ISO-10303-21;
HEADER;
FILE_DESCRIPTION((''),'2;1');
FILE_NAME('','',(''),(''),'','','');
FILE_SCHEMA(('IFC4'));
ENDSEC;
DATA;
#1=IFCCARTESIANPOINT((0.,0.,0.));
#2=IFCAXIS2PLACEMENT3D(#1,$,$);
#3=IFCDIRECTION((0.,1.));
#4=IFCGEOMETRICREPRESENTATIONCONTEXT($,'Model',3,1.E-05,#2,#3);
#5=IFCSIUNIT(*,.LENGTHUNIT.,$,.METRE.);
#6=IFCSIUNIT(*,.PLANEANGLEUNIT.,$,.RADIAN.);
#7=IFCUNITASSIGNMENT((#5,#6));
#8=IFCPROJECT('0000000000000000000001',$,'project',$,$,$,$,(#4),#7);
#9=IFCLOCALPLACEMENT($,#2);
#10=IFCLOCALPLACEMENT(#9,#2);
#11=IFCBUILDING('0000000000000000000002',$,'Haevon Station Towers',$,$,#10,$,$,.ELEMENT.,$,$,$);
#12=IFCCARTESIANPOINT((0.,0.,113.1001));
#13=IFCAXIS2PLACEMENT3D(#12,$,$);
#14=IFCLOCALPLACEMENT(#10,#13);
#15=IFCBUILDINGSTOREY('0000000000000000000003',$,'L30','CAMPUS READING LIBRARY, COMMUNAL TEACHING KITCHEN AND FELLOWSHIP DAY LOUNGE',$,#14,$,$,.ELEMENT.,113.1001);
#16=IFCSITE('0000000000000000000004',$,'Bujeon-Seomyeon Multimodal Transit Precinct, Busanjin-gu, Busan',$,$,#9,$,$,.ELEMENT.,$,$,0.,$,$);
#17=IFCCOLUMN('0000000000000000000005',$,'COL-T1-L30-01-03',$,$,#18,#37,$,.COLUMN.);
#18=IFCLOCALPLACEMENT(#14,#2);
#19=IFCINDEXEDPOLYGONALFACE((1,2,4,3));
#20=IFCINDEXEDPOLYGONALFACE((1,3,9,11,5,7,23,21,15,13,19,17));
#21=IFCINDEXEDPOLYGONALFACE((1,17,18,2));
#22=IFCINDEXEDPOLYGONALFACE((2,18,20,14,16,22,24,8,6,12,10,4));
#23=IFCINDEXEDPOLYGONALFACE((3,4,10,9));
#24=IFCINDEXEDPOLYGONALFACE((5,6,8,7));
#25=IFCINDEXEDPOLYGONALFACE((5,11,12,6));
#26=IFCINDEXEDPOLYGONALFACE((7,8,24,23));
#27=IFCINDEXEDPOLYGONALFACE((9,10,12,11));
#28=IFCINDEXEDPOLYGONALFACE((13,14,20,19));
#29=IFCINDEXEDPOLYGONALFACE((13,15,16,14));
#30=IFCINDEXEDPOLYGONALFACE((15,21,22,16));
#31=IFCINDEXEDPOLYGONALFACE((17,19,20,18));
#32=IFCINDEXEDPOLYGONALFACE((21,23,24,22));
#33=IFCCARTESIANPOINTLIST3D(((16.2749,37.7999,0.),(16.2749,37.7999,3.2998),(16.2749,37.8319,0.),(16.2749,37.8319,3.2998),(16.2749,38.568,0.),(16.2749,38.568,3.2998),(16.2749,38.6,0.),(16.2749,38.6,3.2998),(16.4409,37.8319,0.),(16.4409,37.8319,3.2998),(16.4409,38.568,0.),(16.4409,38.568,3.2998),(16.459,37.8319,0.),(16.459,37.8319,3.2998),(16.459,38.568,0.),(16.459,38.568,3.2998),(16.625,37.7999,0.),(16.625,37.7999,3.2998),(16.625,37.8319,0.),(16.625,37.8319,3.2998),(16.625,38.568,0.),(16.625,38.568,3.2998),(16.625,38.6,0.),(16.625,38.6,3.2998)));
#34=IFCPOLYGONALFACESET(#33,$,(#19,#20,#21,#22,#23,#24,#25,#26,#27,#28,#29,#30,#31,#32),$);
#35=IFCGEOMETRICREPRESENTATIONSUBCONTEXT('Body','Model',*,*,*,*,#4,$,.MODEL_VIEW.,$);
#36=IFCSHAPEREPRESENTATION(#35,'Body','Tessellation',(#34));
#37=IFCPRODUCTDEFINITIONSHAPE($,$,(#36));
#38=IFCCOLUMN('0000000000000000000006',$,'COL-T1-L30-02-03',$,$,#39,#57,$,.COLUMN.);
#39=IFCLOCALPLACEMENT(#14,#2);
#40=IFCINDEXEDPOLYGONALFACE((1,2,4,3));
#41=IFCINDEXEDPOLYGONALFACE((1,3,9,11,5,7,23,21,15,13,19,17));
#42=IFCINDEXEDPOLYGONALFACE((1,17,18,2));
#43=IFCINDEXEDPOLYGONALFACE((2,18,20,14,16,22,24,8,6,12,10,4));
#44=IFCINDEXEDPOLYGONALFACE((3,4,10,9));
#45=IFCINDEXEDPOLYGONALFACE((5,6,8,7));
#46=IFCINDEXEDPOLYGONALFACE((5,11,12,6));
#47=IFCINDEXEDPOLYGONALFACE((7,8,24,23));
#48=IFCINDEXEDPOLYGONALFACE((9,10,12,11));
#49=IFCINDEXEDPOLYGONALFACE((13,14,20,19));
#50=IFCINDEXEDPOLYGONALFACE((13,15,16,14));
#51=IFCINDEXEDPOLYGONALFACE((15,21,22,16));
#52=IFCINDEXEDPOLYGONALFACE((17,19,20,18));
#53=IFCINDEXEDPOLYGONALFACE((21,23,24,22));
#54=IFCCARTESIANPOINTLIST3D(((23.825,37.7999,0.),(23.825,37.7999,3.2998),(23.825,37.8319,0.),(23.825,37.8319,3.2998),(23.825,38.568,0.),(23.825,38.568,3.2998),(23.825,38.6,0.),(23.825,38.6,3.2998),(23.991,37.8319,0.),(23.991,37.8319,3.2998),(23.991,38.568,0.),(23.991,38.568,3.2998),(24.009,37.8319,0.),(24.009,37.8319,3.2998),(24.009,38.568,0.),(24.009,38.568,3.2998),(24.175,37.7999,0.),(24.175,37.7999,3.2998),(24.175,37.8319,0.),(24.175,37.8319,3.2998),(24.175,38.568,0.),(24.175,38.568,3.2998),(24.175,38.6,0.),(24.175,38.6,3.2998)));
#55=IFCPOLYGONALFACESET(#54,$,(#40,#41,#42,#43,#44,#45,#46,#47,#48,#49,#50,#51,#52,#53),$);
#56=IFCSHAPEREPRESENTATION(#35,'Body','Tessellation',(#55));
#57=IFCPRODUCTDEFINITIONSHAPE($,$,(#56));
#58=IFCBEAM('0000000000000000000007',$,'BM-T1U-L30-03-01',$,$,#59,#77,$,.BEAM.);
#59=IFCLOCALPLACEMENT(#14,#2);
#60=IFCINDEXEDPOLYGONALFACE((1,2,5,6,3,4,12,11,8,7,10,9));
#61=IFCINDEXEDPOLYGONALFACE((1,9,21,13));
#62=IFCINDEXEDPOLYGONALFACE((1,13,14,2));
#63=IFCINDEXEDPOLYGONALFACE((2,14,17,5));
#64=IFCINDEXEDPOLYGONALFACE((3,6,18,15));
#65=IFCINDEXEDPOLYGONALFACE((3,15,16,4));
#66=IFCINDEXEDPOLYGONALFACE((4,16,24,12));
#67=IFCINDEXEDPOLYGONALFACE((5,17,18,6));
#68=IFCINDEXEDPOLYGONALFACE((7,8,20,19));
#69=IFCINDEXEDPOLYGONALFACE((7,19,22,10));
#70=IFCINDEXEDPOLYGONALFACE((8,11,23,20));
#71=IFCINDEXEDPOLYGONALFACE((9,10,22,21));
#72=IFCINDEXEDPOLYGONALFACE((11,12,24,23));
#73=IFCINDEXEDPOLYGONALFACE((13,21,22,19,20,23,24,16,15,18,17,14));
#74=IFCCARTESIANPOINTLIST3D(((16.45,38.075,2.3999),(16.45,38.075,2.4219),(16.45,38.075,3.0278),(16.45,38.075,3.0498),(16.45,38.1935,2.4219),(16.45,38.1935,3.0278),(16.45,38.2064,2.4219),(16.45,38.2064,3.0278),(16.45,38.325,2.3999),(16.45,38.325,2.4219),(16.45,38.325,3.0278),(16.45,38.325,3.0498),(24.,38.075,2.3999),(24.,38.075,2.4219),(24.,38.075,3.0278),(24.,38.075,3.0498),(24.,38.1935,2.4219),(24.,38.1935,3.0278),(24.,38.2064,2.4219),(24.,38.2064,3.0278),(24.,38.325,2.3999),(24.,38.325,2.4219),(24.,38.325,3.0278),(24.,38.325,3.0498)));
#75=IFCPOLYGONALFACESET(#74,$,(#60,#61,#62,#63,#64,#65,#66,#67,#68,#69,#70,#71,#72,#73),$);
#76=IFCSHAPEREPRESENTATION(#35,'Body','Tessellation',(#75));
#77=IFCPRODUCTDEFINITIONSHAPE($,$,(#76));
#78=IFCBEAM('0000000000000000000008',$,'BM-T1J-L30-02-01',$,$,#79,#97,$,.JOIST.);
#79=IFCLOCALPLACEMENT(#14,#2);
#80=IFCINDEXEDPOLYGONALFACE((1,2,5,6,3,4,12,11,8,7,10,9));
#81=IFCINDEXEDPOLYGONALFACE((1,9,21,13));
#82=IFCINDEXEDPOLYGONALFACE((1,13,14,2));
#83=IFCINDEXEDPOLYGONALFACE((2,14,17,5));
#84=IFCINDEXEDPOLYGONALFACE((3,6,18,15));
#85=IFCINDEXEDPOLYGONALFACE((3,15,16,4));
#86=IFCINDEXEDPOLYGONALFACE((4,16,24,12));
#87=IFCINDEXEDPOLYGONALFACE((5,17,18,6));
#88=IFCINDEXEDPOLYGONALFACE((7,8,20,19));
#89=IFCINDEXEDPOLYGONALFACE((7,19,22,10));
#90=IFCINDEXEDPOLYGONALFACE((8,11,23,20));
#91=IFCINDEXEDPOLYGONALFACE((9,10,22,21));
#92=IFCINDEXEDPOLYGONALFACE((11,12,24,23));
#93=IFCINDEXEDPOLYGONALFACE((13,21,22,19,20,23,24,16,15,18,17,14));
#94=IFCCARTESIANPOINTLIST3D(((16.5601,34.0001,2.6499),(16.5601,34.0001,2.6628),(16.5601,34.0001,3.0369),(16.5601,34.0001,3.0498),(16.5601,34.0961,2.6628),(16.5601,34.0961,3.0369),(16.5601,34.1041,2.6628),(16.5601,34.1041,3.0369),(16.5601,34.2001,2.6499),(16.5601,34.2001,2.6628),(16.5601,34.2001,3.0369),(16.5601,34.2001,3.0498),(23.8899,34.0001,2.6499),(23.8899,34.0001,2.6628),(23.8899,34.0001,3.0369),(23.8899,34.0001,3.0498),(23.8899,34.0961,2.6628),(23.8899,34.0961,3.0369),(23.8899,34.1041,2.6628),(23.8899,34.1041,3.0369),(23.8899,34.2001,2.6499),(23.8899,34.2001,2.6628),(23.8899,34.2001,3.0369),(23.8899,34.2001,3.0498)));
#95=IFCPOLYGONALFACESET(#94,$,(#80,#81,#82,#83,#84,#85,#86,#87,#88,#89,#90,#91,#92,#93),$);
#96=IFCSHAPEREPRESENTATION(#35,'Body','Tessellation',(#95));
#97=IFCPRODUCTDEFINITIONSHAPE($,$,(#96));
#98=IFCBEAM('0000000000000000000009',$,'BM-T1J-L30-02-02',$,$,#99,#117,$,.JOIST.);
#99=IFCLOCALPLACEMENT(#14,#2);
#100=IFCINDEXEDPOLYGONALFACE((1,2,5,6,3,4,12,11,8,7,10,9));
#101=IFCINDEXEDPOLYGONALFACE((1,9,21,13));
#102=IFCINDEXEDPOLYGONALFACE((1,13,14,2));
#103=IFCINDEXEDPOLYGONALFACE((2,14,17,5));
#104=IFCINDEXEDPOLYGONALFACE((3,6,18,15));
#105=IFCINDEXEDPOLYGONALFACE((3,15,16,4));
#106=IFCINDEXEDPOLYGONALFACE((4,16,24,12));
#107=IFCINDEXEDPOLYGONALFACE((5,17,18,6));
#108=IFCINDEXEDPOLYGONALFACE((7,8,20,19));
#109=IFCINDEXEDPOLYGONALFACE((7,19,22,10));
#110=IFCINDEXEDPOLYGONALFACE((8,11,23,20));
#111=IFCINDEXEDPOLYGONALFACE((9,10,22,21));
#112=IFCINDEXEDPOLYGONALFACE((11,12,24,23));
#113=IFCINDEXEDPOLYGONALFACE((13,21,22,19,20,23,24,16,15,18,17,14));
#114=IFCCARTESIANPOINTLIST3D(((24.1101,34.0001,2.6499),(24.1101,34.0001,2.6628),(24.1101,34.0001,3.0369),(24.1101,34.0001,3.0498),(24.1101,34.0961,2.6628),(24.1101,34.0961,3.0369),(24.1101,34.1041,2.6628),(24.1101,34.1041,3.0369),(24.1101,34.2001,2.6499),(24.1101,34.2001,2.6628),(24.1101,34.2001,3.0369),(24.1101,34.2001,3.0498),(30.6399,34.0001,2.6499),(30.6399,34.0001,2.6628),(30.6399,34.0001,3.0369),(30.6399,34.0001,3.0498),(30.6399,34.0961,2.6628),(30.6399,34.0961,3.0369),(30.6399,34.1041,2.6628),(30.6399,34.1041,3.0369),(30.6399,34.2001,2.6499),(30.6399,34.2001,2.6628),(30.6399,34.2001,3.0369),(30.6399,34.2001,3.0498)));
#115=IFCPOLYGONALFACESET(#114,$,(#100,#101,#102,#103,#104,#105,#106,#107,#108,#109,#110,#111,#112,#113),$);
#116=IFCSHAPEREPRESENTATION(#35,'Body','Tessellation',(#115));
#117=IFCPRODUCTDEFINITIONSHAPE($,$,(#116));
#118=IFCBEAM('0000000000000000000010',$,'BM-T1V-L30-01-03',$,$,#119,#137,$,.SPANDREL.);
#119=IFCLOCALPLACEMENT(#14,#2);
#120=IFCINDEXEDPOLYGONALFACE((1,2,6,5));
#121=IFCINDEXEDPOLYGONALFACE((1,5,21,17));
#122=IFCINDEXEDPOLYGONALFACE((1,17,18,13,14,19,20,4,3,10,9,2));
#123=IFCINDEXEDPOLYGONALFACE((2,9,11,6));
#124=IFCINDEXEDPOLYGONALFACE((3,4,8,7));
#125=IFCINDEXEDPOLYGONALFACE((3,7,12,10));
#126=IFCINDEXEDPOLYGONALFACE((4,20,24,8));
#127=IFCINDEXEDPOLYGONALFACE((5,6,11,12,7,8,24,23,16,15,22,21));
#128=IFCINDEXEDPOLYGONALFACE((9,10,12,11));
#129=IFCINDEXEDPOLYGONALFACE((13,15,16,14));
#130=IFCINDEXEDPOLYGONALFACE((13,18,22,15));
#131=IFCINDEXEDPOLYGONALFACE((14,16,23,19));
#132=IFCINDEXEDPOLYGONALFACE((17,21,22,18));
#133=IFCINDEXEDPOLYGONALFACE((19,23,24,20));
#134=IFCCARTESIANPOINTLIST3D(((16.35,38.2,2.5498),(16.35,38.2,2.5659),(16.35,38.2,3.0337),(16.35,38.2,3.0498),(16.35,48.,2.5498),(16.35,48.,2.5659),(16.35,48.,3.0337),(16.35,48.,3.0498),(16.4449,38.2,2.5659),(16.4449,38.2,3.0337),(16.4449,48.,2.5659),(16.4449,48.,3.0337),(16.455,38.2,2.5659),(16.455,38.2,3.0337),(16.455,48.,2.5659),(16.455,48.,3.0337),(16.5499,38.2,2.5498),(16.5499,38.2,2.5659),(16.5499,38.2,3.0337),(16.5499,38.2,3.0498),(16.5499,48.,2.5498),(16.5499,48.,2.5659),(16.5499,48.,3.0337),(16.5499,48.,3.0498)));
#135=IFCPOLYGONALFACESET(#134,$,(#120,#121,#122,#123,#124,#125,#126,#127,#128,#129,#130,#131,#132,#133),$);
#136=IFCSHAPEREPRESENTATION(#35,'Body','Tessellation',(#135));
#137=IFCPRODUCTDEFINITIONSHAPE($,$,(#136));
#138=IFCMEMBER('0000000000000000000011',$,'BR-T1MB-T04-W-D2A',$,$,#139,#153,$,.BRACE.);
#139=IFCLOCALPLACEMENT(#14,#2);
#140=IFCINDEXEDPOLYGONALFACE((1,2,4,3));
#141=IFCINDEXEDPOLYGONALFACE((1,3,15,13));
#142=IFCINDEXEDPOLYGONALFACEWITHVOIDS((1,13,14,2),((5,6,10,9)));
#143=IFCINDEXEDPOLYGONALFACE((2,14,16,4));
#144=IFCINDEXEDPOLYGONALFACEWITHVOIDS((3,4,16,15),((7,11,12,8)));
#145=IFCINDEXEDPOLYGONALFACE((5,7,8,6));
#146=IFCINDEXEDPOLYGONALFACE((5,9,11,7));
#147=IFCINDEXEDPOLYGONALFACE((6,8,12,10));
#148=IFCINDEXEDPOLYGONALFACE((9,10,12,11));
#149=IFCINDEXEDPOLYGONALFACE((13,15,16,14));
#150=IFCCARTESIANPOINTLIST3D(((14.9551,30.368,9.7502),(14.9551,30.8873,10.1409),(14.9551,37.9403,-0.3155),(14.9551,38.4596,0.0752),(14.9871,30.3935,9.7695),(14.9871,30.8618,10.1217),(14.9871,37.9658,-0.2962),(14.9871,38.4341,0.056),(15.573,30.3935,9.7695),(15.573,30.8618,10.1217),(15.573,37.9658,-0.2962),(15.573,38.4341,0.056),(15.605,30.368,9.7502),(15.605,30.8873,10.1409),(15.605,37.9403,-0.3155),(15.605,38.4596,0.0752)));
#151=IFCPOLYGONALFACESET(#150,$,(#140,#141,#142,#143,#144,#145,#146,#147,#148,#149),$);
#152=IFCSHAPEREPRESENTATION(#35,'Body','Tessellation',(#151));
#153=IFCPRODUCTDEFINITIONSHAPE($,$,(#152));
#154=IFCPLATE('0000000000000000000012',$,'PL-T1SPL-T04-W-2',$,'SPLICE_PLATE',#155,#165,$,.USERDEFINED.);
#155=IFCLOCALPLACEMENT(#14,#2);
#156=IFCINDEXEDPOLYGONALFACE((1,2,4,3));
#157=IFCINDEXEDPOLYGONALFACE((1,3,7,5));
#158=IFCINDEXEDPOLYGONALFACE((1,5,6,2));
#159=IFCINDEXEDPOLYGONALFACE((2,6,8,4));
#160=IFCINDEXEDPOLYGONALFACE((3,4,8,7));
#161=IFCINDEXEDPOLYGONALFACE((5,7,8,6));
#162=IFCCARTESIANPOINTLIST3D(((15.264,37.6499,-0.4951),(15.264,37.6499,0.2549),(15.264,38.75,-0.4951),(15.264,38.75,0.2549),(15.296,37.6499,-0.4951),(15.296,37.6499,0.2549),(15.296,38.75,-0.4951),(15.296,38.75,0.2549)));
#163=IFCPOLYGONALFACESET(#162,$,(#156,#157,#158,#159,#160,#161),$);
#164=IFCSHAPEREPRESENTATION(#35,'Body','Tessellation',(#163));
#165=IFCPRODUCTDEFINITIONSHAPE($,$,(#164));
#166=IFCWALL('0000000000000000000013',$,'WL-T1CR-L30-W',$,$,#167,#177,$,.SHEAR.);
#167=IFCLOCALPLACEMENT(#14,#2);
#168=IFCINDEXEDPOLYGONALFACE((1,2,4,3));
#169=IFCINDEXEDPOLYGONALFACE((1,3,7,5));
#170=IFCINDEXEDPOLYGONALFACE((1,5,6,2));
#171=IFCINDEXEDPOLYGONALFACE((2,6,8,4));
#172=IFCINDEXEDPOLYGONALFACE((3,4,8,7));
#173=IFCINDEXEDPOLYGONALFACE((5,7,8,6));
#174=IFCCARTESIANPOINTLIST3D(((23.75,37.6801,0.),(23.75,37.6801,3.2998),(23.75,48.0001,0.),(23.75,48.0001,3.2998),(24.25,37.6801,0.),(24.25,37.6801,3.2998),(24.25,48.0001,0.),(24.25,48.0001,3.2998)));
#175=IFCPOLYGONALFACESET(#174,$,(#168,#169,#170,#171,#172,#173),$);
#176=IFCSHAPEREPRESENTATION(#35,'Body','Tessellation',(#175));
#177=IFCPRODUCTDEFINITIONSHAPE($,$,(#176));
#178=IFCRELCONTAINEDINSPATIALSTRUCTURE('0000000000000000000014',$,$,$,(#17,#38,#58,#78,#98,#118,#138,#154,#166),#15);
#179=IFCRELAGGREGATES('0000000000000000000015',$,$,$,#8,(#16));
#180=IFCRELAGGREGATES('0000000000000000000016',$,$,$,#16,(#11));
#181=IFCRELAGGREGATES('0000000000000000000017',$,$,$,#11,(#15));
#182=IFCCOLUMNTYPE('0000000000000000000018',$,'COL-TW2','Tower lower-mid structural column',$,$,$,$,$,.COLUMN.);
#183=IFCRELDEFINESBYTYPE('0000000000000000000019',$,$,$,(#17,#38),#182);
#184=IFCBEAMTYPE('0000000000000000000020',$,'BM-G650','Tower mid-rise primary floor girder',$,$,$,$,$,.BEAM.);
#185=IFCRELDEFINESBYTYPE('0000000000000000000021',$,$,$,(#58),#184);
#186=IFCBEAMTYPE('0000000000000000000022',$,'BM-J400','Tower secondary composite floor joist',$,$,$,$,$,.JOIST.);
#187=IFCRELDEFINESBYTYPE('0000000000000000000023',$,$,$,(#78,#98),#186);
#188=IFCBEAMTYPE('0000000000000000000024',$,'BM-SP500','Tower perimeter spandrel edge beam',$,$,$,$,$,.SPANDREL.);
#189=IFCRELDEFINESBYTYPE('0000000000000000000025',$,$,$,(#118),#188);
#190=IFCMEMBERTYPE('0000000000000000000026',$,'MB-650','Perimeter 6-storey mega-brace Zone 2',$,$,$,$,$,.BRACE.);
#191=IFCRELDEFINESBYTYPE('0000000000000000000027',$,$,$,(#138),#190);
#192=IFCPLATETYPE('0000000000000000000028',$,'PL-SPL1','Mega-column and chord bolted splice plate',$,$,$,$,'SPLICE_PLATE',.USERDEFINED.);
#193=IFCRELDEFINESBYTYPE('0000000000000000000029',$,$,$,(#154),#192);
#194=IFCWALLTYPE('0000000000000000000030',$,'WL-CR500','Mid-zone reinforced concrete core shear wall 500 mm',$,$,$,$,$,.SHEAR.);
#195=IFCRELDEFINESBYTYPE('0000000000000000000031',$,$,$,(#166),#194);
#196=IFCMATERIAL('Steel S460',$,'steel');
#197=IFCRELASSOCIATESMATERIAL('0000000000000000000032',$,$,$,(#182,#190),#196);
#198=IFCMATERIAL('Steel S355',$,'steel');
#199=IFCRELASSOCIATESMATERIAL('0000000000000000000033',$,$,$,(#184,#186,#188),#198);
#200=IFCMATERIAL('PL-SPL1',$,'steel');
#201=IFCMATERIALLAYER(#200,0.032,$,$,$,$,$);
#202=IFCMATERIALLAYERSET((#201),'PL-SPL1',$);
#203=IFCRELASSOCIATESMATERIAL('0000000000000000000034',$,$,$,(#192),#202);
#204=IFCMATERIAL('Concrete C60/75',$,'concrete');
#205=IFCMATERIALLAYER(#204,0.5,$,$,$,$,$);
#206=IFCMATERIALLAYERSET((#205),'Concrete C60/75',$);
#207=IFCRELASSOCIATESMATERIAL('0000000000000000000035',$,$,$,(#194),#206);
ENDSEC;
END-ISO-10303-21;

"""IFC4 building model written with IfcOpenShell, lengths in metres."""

from ifc_helpers import new_model, si_unit, direction, frame, frame_2d, origin, origin_2d, place, context, subcontext, project, spatial, rectangle, hollow_rectangle, i_section, extrude, material, layer, layer_set, material_profile, profile_set, type_object, element, save


model = new_model("IFC4")

# Units and contexts
model_context = context("Model", 3, precision=1e-05, world=origin(), true_north=direction((0.0, 1.0)))
body_context = subcontext(model_context, "Body", "Model", "MODEL_VIEW")
ifc_project = project(units=[si_unit("LENGTHUNIT", "METRE"), si_unit("PLANEANGLEUNIT", "RADIAN")], contexts=[model_context])

# Site, building, storey
site_placement = place(None, origin())
site = spatial("IfcSite", under=ifc_project, at=site_placement, Name="Bujeon-Seomyeon Multimodal Transit Precinct, Busanjin-gu, Busan", CompositionType="ELEMENT", RefElevation=0.0)
building_placement = place(site_placement, origin())
building = spatial("IfcBuilding", under=site, at=building_placement, Name="Haevon Station Towers", CompositionType="ELEMENT")
storey_placement = place(building_placement, frame((0.0, 0.0, 113.1001)))
storey = spatial("IfcBuildingStorey", under=building, at=storey_placement, Name="L30", Description="CAMPUS READING LIBRARY, COMMUNAL TEACHING KITCHEN AND FELLOWSHIP DAY LOUNGE", CompositionType="ELEMENT", Elevation=113.1001)

# Columns
ifc_material_1 = material(Name="Steel S460", Category="steel")
ifc_material_profile_1 = material_profile(ifc_material_1, i_section(OverallWidth=0.3501, OverallDepth=0.8, WebThickness=0.0181, FlangeThickness=0.032, at=origin_2d()), Name="H-800x350x18x32")
ifc_profile_set_1 = profile_set([ifc_material_profile_1], Name="Steel S460")
column_type = type_object("IfcColumnType", Name="COL-TW2", Description="Tower lower-mid structural column", PredefinedType="COLUMN", material=ifc_profile_set_1)
for number, where, z_axis, x_axis, name in (
    (1, (16.45, 38.2, 0.0), (0.0, 0.0, 1.0), (1.0, 0.0, 0.0), "COL-T1-L30-01-03"),
    (2, (24.0, 38.2, 0.0), (0.0, 0.0, 1.0), (1.0, 0.0, 0.0), "COL-T1-L30-02-03"),
):
    element("IfcColumn", number, at=place(storey_placement, frame(where, z_axis=z_axis, x_axis=x_axis)), inside=storey, type_object=column_type, Name=name, PredefinedType="COLUMN", context=body_context, shape_type="SweptSolid", body=[
        extrude(i_section(OverallWidth=0.3501, OverallDepth=0.8, WebThickness=0.0181, FlangeThickness=0.032, at=origin_2d()), origin(), (0.0, 0.0, 1.0), 3.2998),
    ])

# Beams
ifc_material_2 = material(Name="Steel S355", Category="steel")
ifc_material_profile_2 = material_profile(ifc_material_2, i_section(OverallWidth=0.25, OverallDepth=0.6499, WebThickness=0.0129, FlangeThickness=0.022, at=origin_2d()), Name="H-650x250x13x22")
ifc_profile_set_2 = profile_set([ifc_material_profile_2], Name="Steel S355")
beam_type_1 = type_object("IfcBeamType", Name="BM-G650", Description="Tower mid-rise primary floor girder", PredefinedType="BEAM", material=ifc_profile_set_2)
beam_1_placement = place(storey_placement, frame((16.45, 38.2, 2.7249), z_axis=(1.0, 0.0, 0.0), x_axis=(0.0, 1.0, 0.0)))
element("IfcBeam", 3, at=beam_1_placement, inside=storey, type_object=beam_type_1, Name="BM-T1U-L30-03-01", PredefinedType="BEAM", context=body_context, shape_type="SweptSolid", body=[
    extrude(i_section(OverallWidth=0.25, OverallDepth=0.6499, WebThickness=0.0129, FlangeThickness=0.022, at=origin_2d()), origin(), (0.0, 0.0, 1.0), 7.55),
])
ifc_material_profile_3 = material_profile(ifc_material_2, i_section(OverallWidth=0.2, OverallDepth=0.3999, WebThickness=0.0081, FlangeThickness=0.0129, at=origin_2d()), Name="H-400x200x8x13")
ifc_profile_set_3 = profile_set([ifc_material_profile_3], Name="Steel S355")
beam_type_2 = type_object("IfcBeamType", Name="BM-J400", Description="Tower secondary composite floor joist", PredefinedType="JOIST", material=ifc_profile_set_3)
beam_2_placement = place(storey_placement, frame((16.5601, 34.1001, 2.8499), z_axis=(1.0, 0.0, 0.0), x_axis=(0.0, 1.0, 0.0)))
element("IfcBeam", 4, at=beam_2_placement, inside=storey, type_object=beam_type_2, Name="BM-T1J-L30-02-01", PredefinedType="JOIST", context=body_context, shape_type="SweptSolid", body=[
    extrude(i_section(OverallWidth=0.2, OverallDepth=0.3999, WebThickness=0.0081, FlangeThickness=0.0129, at=origin_2d()), origin(), (0.0, 0.0, 1.0), 7.3298),
])
beam_3_placement = place(storey_placement, frame((24.1101, 34.1001, 2.8499), z_axis=(1.0, 0.0, 0.0), x_axis=(0.0, 1.0, 0.0)))
element("IfcBeam", 5, at=beam_3_placement, inside=storey, type_object=beam_type_2, Name="BM-T1J-L30-02-02", PredefinedType="JOIST", context=body_context, shape_type="SweptSolid", body=[
    extrude(i_section(OverallWidth=0.2, OverallDepth=0.3999, WebThickness=0.0081, FlangeThickness=0.0129, at=origin_2d()), origin(), (0.0, 0.0, 1.0), 6.5298),
])
ifc_material_profile_4 = material_profile(ifc_material_2, i_section(OverallWidth=0.2, OverallDepth=0.5, WebThickness=0.01, FlangeThickness=0.0161, at=origin_2d()), Name="H-500x200x10x16")
ifc_profile_set_4 = profile_set([ifc_material_profile_4], Name="Steel S355")
beam_type_3 = type_object("IfcBeamType", Name="BM-SP500", Description="Tower perimeter spandrel edge beam", PredefinedType="SPANDREL", material=ifc_profile_set_4)
beam_4_placement = place(storey_placement, frame((16.45, 38.2, 2.7998), z_axis=(0.0, 1.0, 0.0), x_axis=(-1.0, 0.0, 0.0)))
element("IfcBeam", 6, at=beam_4_placement, inside=storey, type_object=beam_type_3, Name="BM-T1V-L30-01-03", PredefinedType="SPANDREL", context=body_context, shape_type="SweptSolid", body=[
    extrude(i_section(OverallWidth=0.2, OverallDepth=0.5, WebThickness=0.01, FlangeThickness=0.0161, at=origin_2d()), origin(), (0.0, 0.0, 1.0), 9.8),
])

# Member
ifc_material_profile_5 = material_profile(ifc_material_1, hollow_rectangle(XDim=0.6499, YDim=0.6499, WallThickness=0.032, at=origin_2d()), Name="RHS-650x650x32")
ifc_profile_set_5 = profile_set([ifc_material_profile_5], Name="Steel S460")
member_type = type_object("IfcMemberType", Name="MB-650", Description="Perimeter 6-storey mega-brace Zone 2", PredefinedType="BRACE", material=ifc_profile_set_5)
member_placement = place(storey_placement, frame((15.28, 38.2, -0.1201), z_axis=(0.0, -0.601169, 0.799122), x_axis=(1.0, 0.0, 0.0)))
element("IfcMember", 7, at=member_placement, inside=storey, type_object=member_type, Name="BR-T1MB-T04-W-D2A", PredefinedType="BRACE", context=body_context, shape_type="SweptSolid", body=[
    extrude(hollow_rectangle(XDim=0.6499, YDim=0.6499, WallThickness=0.032, at=origin_2d()), origin(), (0.0, 0.0, 1.0), 12.5959),
])

# Plate
ifc_material_3 = material(Name="PL-SPL1", Category="steel")
ifc_layer_1 = layer(ifc_material_3, 0.032)
ifc_layer_set_1 = layer_set([ifc_layer_1], Name="PL-SPL1")
plate_type = type_object("IfcPlateType", Name="PL-SPL1", Description="Mega-column and chord bolted splice plate", ElementType="SPLICE_PLATE", PredefinedType="USERDEFINED", material=ifc_layer_set_1)
plate_placement = place(storey_placement, frame((15.28, 38.2, -0.4951), z_axis=(0.0, 0.0, 1.0), x_axis=(0.0, 1.0, 0.0)))
element("IfcPlate", 8, at=plate_placement, inside=storey, type_object=plate_type, Name="PL-T1SPL-T04-W-2", ObjectType="SPLICE_PLATE", PredefinedType="USERDEFINED", context=body_context, shape_type="SweptSolid", body=[
    extrude(rectangle(XDim=1.1001, YDim=0.032, at=origin_2d()), origin(), (0.0, 0.0, 1.0), 0.75),
])

# Wall
ifc_material_4 = material(Name="Concrete C60/75", Category="concrete")
ifc_layer_2 = layer(ifc_material_4, 0.5)
ifc_layer_set_2 = layer_set([ifc_layer_2], Name="Concrete C60/75")
wall_type_1 = type_object("IfcWallType", Name="WL-CR500", Description="Mid-zone reinforced concrete core shear wall 500 mm", PredefinedType="SHEAR", material=ifc_layer_set_2)
wall_1_placement = place(storey_placement, frame((24.0, 37.6799, 0.0), z_axis=(0.0, 0.0, 1.0), x_axis=(0.0, 1.0, 0.0)))
element("IfcWall", 9, at=wall_1_placement, inside=storey, type_object=wall_type_1, Name="WL-T1CR-L30-W", PredefinedType="SHEAR", context=body_context, shape_type="SweptSolid", body=[
    extrude(rectangle(XDim=10.3201, YDim=0.5, at=frame_2d((5.1602, 0.0))), origin(), (0.0, 0.0, 1.0), 3.2998),
])

save(model, "model.ifc")
